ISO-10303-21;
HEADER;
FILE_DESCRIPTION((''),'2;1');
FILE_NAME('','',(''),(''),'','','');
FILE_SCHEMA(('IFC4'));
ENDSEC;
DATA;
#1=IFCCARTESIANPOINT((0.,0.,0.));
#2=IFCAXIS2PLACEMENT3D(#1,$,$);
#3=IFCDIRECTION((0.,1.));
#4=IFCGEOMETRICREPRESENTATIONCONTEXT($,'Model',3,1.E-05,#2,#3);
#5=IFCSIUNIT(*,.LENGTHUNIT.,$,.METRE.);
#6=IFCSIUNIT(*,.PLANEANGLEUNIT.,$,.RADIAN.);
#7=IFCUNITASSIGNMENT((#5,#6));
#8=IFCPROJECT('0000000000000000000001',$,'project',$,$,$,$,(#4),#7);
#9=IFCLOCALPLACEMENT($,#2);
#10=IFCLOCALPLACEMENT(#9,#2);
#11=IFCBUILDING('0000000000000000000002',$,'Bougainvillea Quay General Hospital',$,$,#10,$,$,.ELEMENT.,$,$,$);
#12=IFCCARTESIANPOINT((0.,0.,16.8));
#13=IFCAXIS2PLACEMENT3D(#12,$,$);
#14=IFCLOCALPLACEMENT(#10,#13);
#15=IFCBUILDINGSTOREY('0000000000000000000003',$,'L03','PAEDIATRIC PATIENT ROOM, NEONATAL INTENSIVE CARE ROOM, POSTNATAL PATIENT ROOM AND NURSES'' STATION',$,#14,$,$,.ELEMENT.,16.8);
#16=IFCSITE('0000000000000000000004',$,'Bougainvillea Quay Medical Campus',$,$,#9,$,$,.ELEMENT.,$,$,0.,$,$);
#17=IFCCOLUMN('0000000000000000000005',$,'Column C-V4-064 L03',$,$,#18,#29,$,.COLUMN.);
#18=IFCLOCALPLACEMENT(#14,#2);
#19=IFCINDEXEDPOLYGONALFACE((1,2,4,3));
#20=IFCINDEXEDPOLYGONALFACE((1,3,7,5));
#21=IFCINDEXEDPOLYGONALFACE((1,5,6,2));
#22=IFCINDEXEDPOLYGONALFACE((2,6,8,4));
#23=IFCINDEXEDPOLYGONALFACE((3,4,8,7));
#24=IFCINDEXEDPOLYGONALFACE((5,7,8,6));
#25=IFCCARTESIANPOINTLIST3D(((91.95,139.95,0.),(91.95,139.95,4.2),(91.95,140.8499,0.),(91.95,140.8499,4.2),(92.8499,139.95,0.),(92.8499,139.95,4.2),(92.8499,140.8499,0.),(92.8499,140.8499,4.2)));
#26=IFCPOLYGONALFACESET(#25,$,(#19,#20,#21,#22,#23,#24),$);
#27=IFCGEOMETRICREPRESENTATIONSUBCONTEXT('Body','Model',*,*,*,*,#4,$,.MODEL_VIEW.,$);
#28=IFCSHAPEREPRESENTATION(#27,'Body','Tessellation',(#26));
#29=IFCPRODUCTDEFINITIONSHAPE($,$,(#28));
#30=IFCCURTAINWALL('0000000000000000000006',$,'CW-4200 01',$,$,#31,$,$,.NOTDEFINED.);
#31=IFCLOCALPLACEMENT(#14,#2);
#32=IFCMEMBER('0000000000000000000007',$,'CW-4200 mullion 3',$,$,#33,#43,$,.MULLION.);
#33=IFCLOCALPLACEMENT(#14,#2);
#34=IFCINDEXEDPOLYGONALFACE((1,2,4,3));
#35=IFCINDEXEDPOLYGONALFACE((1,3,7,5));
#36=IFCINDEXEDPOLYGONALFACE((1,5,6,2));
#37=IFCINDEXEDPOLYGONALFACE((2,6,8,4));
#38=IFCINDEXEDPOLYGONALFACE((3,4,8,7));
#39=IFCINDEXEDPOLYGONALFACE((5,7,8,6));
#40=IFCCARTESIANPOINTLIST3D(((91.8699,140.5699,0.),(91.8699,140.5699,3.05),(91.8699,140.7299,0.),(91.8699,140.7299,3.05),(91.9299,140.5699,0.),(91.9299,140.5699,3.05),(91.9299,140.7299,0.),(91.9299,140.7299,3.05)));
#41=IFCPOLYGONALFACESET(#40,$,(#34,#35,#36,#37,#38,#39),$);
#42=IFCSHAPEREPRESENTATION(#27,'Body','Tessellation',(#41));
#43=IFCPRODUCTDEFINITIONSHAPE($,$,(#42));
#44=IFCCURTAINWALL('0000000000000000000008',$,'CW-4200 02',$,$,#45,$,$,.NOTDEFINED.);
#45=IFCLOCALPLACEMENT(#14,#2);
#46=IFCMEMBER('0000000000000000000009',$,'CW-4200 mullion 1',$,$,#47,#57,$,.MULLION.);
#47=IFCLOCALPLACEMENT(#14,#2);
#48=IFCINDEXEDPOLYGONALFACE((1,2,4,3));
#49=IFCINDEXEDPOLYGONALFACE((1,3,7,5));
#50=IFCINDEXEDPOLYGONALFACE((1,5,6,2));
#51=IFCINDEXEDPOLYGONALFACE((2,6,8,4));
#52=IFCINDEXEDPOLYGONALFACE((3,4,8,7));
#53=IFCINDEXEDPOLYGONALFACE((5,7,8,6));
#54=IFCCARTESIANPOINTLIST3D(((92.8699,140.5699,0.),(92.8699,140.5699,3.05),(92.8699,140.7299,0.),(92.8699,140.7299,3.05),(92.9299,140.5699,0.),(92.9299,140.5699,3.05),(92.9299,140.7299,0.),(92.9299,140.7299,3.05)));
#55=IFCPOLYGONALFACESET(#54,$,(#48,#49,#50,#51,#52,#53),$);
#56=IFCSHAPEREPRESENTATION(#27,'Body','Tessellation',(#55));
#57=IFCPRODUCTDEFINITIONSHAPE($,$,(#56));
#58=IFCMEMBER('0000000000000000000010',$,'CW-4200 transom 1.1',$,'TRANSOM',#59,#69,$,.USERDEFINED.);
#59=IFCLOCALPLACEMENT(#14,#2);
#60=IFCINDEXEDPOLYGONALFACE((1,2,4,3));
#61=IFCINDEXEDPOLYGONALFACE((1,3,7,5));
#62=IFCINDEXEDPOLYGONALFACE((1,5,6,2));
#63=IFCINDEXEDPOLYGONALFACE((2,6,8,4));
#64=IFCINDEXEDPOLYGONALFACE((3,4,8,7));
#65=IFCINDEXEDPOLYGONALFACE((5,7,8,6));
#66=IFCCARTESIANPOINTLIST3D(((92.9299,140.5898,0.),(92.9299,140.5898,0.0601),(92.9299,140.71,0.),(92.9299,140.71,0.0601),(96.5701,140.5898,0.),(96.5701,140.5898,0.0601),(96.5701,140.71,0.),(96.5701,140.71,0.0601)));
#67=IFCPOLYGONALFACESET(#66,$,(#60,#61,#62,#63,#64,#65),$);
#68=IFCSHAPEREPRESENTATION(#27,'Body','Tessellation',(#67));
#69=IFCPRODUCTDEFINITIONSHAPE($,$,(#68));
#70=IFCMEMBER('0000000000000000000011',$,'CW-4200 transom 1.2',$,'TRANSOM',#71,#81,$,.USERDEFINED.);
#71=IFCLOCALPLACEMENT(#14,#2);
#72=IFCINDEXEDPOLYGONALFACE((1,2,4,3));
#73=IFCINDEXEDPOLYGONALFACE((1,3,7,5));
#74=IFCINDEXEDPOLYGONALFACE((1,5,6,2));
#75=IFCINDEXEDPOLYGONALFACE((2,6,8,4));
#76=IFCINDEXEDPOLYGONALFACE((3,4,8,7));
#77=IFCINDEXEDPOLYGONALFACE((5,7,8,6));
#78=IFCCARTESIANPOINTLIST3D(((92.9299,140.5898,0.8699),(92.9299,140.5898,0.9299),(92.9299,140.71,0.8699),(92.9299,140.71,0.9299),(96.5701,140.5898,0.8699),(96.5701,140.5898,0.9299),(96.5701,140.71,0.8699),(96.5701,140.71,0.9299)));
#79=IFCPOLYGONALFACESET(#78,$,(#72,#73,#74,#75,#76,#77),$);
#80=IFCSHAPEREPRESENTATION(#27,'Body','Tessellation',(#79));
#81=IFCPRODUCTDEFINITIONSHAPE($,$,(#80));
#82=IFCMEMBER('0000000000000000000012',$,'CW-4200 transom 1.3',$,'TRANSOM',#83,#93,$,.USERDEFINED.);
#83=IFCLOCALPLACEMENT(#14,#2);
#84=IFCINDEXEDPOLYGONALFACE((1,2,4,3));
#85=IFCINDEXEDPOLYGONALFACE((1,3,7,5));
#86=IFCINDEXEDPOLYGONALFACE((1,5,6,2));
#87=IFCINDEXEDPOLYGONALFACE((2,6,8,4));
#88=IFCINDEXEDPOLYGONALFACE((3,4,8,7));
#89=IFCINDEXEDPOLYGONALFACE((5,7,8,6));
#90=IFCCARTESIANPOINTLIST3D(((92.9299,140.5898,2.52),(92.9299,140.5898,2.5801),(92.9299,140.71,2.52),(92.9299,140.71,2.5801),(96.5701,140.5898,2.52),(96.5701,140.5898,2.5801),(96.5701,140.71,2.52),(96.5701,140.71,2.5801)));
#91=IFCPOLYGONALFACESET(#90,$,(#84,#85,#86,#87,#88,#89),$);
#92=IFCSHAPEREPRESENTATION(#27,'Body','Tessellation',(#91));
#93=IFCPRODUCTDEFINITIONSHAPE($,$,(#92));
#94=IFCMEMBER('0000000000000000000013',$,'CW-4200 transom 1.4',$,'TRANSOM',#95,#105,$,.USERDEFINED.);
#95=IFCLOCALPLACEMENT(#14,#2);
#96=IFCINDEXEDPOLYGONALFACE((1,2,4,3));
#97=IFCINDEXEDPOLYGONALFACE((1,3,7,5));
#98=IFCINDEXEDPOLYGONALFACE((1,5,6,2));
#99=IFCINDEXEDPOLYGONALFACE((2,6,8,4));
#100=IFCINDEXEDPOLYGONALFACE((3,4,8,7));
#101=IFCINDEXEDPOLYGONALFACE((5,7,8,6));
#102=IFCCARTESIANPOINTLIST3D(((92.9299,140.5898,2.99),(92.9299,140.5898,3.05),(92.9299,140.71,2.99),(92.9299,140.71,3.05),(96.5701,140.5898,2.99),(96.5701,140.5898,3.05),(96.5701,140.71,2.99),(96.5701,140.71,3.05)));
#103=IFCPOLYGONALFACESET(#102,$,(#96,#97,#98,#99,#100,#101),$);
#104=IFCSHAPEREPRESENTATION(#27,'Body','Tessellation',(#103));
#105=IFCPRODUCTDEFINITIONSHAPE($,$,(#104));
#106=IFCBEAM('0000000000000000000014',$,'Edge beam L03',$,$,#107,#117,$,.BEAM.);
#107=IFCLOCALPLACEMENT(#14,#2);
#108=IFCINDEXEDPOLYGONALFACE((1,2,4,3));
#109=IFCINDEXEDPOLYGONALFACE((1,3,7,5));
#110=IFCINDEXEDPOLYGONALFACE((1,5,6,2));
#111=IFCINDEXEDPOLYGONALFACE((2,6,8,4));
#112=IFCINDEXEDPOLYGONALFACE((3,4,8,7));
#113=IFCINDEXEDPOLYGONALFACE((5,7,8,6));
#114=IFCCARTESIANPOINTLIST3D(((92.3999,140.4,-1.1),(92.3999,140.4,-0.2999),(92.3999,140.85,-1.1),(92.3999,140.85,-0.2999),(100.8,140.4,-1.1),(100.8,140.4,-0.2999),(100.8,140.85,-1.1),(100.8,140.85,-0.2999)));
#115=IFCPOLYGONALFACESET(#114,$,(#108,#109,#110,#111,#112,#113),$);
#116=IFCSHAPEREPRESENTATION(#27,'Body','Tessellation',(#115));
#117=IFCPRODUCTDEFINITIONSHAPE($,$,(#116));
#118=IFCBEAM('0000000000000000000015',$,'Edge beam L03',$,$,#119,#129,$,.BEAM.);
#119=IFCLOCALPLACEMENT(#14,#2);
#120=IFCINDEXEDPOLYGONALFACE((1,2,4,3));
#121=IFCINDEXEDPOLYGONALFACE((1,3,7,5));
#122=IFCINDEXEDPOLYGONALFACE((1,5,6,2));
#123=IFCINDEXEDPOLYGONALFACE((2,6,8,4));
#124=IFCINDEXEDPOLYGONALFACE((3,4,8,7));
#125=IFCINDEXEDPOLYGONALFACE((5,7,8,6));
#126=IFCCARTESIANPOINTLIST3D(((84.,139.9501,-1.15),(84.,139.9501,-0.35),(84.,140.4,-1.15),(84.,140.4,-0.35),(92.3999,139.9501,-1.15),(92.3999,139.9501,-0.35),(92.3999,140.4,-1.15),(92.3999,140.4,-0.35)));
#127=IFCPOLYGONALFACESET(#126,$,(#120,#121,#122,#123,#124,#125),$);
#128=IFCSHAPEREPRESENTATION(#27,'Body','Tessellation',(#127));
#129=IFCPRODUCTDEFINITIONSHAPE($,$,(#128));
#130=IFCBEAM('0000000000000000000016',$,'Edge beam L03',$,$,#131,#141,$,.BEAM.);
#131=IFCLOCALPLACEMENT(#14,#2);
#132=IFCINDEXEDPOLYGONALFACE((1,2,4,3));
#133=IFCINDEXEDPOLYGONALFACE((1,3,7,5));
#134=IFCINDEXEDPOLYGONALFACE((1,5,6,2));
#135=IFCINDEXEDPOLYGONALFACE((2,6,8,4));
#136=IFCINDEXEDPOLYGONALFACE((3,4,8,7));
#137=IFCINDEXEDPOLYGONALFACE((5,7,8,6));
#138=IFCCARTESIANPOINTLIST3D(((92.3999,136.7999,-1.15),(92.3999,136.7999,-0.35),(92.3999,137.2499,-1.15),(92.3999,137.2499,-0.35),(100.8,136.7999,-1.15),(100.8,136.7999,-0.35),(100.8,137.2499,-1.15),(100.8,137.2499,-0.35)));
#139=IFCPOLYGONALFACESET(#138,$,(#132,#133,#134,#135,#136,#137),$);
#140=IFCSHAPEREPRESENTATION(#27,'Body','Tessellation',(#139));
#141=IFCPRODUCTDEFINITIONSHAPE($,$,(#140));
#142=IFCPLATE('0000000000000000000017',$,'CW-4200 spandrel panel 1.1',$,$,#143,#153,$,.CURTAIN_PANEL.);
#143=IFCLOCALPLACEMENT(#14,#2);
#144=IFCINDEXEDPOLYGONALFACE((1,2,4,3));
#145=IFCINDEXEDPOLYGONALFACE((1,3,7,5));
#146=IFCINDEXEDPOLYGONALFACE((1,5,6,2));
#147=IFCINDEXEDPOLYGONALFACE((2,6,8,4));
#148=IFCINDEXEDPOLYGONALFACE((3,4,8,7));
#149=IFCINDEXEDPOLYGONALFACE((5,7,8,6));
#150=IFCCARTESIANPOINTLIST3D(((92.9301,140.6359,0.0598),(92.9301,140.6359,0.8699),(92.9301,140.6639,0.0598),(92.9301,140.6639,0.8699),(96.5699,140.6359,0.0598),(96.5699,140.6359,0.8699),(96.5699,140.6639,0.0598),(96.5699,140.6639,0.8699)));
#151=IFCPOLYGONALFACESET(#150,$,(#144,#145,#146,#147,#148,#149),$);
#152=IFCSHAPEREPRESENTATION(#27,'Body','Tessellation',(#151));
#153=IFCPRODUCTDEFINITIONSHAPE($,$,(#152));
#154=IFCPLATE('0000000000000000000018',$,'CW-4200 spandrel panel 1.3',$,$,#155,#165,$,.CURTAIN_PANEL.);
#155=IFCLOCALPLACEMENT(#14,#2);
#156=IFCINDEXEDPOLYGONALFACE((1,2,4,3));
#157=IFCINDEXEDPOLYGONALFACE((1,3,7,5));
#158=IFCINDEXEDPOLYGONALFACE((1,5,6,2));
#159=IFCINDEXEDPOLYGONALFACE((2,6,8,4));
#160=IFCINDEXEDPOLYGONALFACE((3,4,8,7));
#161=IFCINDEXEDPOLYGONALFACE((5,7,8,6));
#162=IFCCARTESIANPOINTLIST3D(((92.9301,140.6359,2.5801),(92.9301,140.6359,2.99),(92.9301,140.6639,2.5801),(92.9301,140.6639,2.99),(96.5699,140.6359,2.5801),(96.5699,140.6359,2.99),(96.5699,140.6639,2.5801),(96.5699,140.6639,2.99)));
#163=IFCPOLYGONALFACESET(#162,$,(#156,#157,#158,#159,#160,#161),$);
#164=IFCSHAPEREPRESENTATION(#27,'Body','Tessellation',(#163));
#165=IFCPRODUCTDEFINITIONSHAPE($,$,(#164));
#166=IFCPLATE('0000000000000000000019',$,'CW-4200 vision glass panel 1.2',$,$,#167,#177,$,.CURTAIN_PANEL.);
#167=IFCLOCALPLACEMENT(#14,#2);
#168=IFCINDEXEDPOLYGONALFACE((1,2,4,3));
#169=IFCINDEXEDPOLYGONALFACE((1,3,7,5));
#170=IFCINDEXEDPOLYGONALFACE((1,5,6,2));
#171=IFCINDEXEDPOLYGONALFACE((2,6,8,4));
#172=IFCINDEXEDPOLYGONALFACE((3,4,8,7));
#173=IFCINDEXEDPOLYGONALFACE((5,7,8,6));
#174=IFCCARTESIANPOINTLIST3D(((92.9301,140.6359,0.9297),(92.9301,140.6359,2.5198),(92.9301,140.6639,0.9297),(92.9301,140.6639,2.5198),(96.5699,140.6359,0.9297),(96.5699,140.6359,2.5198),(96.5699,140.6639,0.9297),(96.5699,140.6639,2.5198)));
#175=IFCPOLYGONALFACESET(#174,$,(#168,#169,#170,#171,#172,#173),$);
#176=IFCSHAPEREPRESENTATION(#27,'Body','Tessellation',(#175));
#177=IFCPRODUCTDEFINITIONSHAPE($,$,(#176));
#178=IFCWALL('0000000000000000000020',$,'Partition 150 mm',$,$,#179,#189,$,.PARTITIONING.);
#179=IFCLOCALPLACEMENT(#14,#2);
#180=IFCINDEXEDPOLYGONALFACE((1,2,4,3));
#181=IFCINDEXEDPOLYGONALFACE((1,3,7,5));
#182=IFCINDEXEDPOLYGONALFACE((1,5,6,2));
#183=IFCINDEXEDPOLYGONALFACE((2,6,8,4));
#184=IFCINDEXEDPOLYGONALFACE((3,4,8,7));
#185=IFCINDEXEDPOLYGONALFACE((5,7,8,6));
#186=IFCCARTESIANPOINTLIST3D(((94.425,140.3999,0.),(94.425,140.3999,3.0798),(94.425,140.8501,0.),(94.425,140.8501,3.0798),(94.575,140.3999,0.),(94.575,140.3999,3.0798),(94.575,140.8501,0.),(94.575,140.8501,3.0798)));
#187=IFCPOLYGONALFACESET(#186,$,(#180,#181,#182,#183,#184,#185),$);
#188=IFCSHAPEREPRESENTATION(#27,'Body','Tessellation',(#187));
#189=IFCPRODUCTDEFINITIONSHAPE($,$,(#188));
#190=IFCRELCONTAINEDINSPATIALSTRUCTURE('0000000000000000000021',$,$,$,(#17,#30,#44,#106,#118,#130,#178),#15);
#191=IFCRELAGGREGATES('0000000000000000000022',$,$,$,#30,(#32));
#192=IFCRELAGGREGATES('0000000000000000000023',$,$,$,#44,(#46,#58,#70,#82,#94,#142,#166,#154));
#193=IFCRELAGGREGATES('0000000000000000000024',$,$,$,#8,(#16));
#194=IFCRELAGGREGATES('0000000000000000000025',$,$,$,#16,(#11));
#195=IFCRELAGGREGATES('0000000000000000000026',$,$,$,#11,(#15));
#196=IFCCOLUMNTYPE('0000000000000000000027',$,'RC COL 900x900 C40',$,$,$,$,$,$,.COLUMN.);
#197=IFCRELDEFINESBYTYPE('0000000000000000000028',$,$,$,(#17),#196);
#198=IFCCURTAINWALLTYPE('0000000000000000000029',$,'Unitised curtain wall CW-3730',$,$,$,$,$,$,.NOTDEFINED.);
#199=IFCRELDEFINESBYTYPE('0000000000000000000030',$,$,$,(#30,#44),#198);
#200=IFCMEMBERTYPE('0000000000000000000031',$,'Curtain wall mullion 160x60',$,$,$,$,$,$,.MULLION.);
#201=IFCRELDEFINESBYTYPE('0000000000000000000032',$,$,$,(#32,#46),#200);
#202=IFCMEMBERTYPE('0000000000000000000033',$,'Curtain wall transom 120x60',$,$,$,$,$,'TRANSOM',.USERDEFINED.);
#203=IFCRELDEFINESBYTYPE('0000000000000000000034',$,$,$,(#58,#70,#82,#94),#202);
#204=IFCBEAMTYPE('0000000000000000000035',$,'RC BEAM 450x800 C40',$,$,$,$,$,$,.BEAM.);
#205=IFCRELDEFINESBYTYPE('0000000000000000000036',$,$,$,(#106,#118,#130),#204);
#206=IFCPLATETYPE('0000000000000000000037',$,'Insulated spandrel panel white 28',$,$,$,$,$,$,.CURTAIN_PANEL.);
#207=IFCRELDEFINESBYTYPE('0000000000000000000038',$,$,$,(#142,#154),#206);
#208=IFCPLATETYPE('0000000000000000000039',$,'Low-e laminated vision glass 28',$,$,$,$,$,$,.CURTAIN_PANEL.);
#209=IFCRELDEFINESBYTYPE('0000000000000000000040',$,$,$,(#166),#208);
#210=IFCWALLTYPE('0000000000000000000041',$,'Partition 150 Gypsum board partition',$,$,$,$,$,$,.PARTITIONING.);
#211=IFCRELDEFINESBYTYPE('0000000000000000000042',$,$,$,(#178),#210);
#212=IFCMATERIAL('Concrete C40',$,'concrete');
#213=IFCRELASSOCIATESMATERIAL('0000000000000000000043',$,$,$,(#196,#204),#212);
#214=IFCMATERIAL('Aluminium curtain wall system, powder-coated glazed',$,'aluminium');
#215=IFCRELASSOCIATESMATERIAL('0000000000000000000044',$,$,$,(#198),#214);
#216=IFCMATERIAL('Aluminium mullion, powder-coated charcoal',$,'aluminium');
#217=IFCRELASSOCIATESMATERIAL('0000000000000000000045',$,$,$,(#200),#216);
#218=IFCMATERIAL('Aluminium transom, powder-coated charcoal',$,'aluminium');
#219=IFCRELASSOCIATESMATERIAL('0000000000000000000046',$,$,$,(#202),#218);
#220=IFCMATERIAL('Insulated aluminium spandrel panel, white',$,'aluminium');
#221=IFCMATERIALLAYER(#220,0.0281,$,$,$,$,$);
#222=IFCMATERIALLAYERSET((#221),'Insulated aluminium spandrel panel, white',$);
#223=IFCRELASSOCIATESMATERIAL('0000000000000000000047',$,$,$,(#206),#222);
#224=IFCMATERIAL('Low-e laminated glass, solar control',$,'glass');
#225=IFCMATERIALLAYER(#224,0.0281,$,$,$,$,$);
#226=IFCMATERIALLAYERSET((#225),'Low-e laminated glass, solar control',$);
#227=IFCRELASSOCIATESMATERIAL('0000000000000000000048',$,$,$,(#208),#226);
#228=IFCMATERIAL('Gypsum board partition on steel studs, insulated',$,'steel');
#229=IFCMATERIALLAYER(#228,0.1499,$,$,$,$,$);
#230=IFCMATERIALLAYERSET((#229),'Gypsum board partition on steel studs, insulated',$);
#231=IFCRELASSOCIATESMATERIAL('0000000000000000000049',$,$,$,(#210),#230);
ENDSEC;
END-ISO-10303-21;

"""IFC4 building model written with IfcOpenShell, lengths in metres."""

from ifc_helpers import new_model, si_unit, direction, frame, frame_2d, origin, origin_2d, place, context, subcontext, project, spatial, rectangle, extrude, material, layer, layer_set, material_profile, profile_set, type_object, element, aggregate, save


model = new_model("IFC4")

# Units and contexts
model_context = context("Model", 3, precision=1e-05, world=origin(), true_north=direction((0.0, 1.0)))
body_context = subcontext(model_context, "Body", "Model", "MODEL_VIEW")
ifc_project = project(units=[si_unit("LENGTHUNIT", "METRE"), si_unit("PLANEANGLEUNIT", "RADIAN")], contexts=[model_context])

# Site, building, storey
site_placement = place(None, origin())
site = spatial("IfcSite", under=ifc_project, at=site_placement, Name="Bougainvillea Quay Medical Campus", CompositionType="ELEMENT", RefElevation=0.0)
building_placement = place(site_placement, origin())
building = spatial("IfcBuilding", under=site, at=building_placement, Name="Bougainvillea Quay General Hospital", CompositionType="ELEMENT")
storey_placement = place(building_placement, frame((0.0, 0.0, 16.8)))
storey = spatial("IfcBuildingStorey", under=building, at=storey_placement, Name="L03", Description="PAEDIATRIC PATIENT ROOM, NEONATAL INTENSIVE CARE ROOM, POSTNATAL PATIENT ROOM AND NURSES' STATION", CompositionType="ELEMENT", Elevation=16.8)

# Column
ifc_material_1 = material(Name="Concrete C40", Category="concrete")
ifc_material_profile_1 = material_profile(ifc_material_1, rectangle(XDim=0.8999, YDim=0.8999, at=origin_2d()))
ifc_profile_set_1 = profile_set([ifc_material_profile_1], Name="Concrete C40")
column_type = type_object("IfcColumnType", Name="RC COL 900x900 C40", PredefinedType="COLUMN", material=ifc_profile_set_1)
column_placement = place(storey_placement, frame((92.3999, 140.3999, 0.0), z_axis=(0.0, 0.0, 1.0), x_axis=(1.0, 0.0, 0.0)))
element("IfcColumn", 1, at=column_placement, inside=storey, type_object=column_type, Name="Column C-V4-064 L03", PredefinedType="COLUMN", context=body_context, shape_type="SweptSolid", body=[
    extrude(rectangle(XDim=0.8999, YDim=0.8999, at=origin_2d()), origin(), (0.0, 0.0, 1.0), 4.2),
])

# Curtain wall, member
ifc_material_2 = material(Name="Aluminium curtain wall system, powder-coated glazed", Category="aluminium")
curtain_wall_type = type_object("IfcCurtainWallType", Name="Unitised curtain wall CW-3730", PredefinedType="NOTDEFINED", material=ifc_material_2)
curtain_wall_1_placement = place(storey_placement, origin())
curtain_wall_1 = element("IfcCurtainWall", 2, at=curtain_wall_1_placement, inside=storey, type_object=curtain_wall_type, Name="CW-4200 01", PredefinedType="NOTDEFINED")
ifc_material_3 = material(Name="Aluminium mullion, powder-coated charcoal", Category="aluminium")
ifc_material_profile_2 = material_profile(ifc_material_3, rectangle(XDim=0.1599, YDim=0.0601, at=origin_2d()))
ifc_profile_set_2 = profile_set([ifc_material_profile_2], Name="Aluminium mullion, powder-coated charcoal")
member_type_1 = type_object("IfcMemberType", Name="Curtain wall mullion 160x60", PredefinedType="MULLION", material=ifc_profile_set_2)
member_1_placement = place(storey_placement, frame((91.8999, 140.6499, 0.0), z_axis=(0.0, 0.0, 1.0), x_axis=(0.0, 1.0, 0.0)))
member_1 = element("IfcMember", 3, at=member_1_placement, type_object=member_type_1, Name="CW-4200 mullion 3", PredefinedType="MULLION", context=body_context, shape_type="SweptSolid", body=[
    extrude(rectangle(XDim=0.1599, YDim=0.0601, at=origin_2d()), origin(), (0.0, 0.0, 1.0), 3.05),
])
aggregate(curtain_wall_1, [member_1])

# Curtain wall, members
curtain_wall_2_placement = place(storey_placement, origin())
curtain_wall_2 = element("IfcCurtainWall", 4, at=curtain_wall_2_placement, inside=storey, type_object=curtain_wall_type, Name="CW-4200 02", PredefinedType="NOTDEFINED")
member_2_placement = place(storey_placement, frame((92.8999, 140.6499, 0.0), z_axis=(0.0, 0.0, 1.0), x_axis=(0.0, 1.0, 0.0)))
member_2 = element("IfcMember", 5, at=member_2_placement, type_object=member_type_1, Name="CW-4200 mullion 1", PredefinedType="MULLION", context=body_context, shape_type="SweptSolid", body=[
    extrude(rectangle(XDim=0.1599, YDim=0.0601, at=origin_2d()), origin(), (0.0, 0.0, 1.0), 3.05),
])
ifc_material_4 = material(Name="Aluminium transom, powder-coated charcoal", Category="aluminium")
ifc_material_profile_3 = material_profile(ifc_material_4, rectangle(XDim=0.1201, YDim=0.0601, at=origin_2d()))
ifc_profile_set_3 = profile_set([ifc_material_profile_3], Name="Aluminium transom, powder-coated charcoal")
member_type_2 = type_object("IfcMemberType", Name="Curtain wall transom 120x60", ElementType="TRANSOM", PredefinedType="USERDEFINED", material=ifc_profile_set_3)
member_3_placement = place(storey_placement, frame((92.9299, 140.6499, 0.03), z_axis=(1.0, 0.0, 0.0), x_axis=(0.0, 1.0, 0.0)))
member_3 = element("IfcMember", 6, at=member_3_placement, type_object=member_type_2, Name="CW-4200 transom 1.1", ObjectType="TRANSOM", PredefinedType="USERDEFINED", context=body_context, shape_type="SweptSolid", body=[
    extrude(rectangle(XDim=0.1201, YDim=0.0601, at=origin_2d()), origin(), (0.0, 0.0, 1.0), 3.6401),
])
member_4_placement = place(storey_placement, frame((92.9299, 140.6499, 0.8999), z_axis=(1.0, 0.0, 0.0), x_axis=(0.0, 1.0, 0.0)))
member_4 = element("IfcMember", 7, at=member_4_placement, type_object=member_type_2, Name="CW-4200 transom 1.2", ObjectType="TRANSOM", PredefinedType="USERDEFINED", context=body_context, shape_type="SweptSolid", body=[
    extrude(rectangle(XDim=0.1201, YDim=0.0601, at=origin_2d()), origin(), (0.0, 0.0, 1.0), 3.6401),
])
member_5_placement = place(storey_placement, frame((92.9299, 140.6499, 2.55), z_axis=(1.0, 0.0, 0.0), x_axis=(0.0, 1.0, 0.0)))
member_5 = element("IfcMember", 8, at=member_5_placement, type_object=member_type_2, Name="CW-4200 transom 1.3", ObjectType="TRANSOM", PredefinedType="USERDEFINED", context=body_context, shape_type="SweptSolid", body=[
    extrude(rectangle(XDim=0.1201, YDim=0.0601, at=origin_2d()), origin(), (0.0, 0.0, 1.0), 3.6401),
])
member_6_placement = place(storey_placement, frame((92.9299, 140.6499, 3.02), z_axis=(1.0, 0.0, 0.0), x_axis=(0.0, 1.0, 0.0)))
member_6 = element("IfcMember", 9, at=member_6_placement, type_object=member_type_2, Name="CW-4200 transom 1.4", ObjectType="TRANSOM", PredefinedType="USERDEFINED", context=body_context, shape_type="SweptSolid", body=[
    extrude(rectangle(XDim=0.1201, YDim=0.0601, at=origin_2d()), origin(), (0.0, 0.0, 1.0), 3.6401),
])

# Beams
ifc_material_profile_4 = material_profile(ifc_material_1, rectangle(XDim=0.45, YDim=0.8, at=origin_2d()))
ifc_profile_set_4 = profile_set([ifc_material_profile_4], Name="Concrete C40")
beam_type = type_object("IfcBeamType", Name="RC BEAM 450x800 C40", PredefinedType="BEAM", material=ifc_profile_set_4)
beam_1_placement = place(storey_placement, frame((92.3999, 140.625, -0.7), z_axis=(1.0, 0.0, 0.0), x_axis=(0.0, 1.0, 0.0)))
element("IfcBeam", 10, at=beam_1_placement, inside=storey, type_object=beam_type, Name="Edge beam L03", PredefinedType="BEAM", context=body_context, shape_type="SweptSolid", body=[
    extrude(rectangle(XDim=0.45, YDim=0.8, at=origin_2d()), origin(), (0.0, 0.0, 1.0), 8.4001),
])
beam_2_placement = place(storey_placement, frame((92.3999, 140.175, -0.75), z_axis=(-1.0, 0.0, 0.0), x_axis=(0.0, -1.0, 0.0)))
element("IfcBeam", 11, at=beam_2_placement, inside=storey, type_object=beam_type, Name="Edge beam L03", PredefinedType="BEAM", context=body_context, shape_type="SweptSolid", body=[
    extrude(rectangle(XDim=0.45, YDim=0.8, at=origin_2d()), origin(), (0.0, 0.0, 1.0), 8.3999),
])
beam_3_placement = place(storey_placement, frame((92.3999, 137.0249, -0.75), z_axis=(1.0, 0.0, 0.0), x_axis=(0.0, 1.0, 0.0)))
element("IfcBeam", 12, at=beam_3_placement, inside=storey, type_object=beam_type, Name="Edge beam L03", PredefinedType="BEAM", context=body_context, shape_type="SweptSolid", body=[
    extrude(rectangle(XDim=0.45, YDim=0.8, at=origin_2d()), origin(), (0.0, 0.0, 1.0), 8.4001),
])

# Plates
ifc_material_5 = material(Name="Insulated aluminium spandrel panel, white", Category="aluminium")
ifc_layer_1 = layer(ifc_material_5, 0.0281)
ifc_layer_set_1 = layer_set([ifc_layer_1], Name="Insulated aluminium spandrel panel, white")
plate_type_1 = type_object("IfcPlateType", Name="Insulated spandrel panel white 28", PredefinedType="CURTAIN_PANEL", material=ifc_layer_set_1)
plate_1_placement = place(storey_placement, frame((94.75, 140.6499, 0.0598), z_axis=(0.0, 0.0, 1.0), x_axis=(1.0, 0.0, 0.0)))
plate_1 = element("IfcPlate", 13, at=plate_1_placement, type_object=plate_type_1, Name="CW-4200 spandrel panel 1.1", PredefinedType="CURTAIN_PANEL", context=body_context, shape_type="SweptSolid", body=[
    extrude(rectangle(XDim=3.6399, YDim=0.0281, at=origin_2d()), origin(), (0.0, 0.0, 1.0), 0.8101),
])
plate_2_placement = place(storey_placement, frame((94.75, 140.6499, 2.5801), z_axis=(0.0, 0.0, 1.0), x_axis=(1.0, 0.0, 0.0)))
plate_2 = element("IfcPlate", 14, at=plate_2_placement, type_object=plate_type_1, Name="CW-4200 spandrel panel 1.3", PredefinedType="CURTAIN_PANEL", context=body_context, shape_type="SweptSolid", body=[
    extrude(rectangle(XDim=3.6399, YDim=0.0281, at=origin_2d()), origin(), (0.0, 0.0, 1.0), 0.4099),
])
ifc_material_6 = material(Name="Low-e laminated glass, solar control", Category="glass")
ifc_layer_2 = layer(ifc_material_6, 0.0281)
ifc_layer_set_2 = layer_set([ifc_layer_2], Name="Low-e laminated glass, solar control")
plate_type_2 = type_object("IfcPlateType", Name="Low-e laminated vision glass 28", PredefinedType="CURTAIN_PANEL", material=ifc_layer_set_2)
plate_3_placement = place(storey_placement, frame((94.75, 140.6499, 0.9297), z_axis=(0.0, 0.0, 1.0), x_axis=(1.0, 0.0, 0.0)))
plate_3 = element("IfcPlate", 15, at=plate_3_placement, type_object=plate_type_2, Name="CW-4200 vision glass panel 1.2", PredefinedType="CURTAIN_PANEL", context=body_context, shape_type="SweptSolid", body=[
    extrude(rectangle(XDim=3.6399, YDim=0.0281, at=origin_2d()), origin(), (0.0, 0.0, 1.0), 1.5901),
])
aggregate(curtain_wall_2, [member_2, member_3, member_4, member_5, member_6, plate_1, plate_3, plate_2])

# Wall
ifc_material_7 = material(Name="Gypsum board partition on steel studs, insulated", Category="steel")
ifc_layer_3 = layer(ifc_material_7, 0.1499)
ifc_layer_set_3 = layer_set([ifc_layer_3], Name="Gypsum board partition on steel studs, insulated")
wall_type = type_object("IfcWallType", Name="Partition 150 Gypsum board partition", PredefinedType="PARTITIONING", material=ifc_layer_set_3)
wall_placement = place(storey_placement, frame((94.5, 140.3999, 0.0), z_axis=(0.0, 0.0, 1.0), x_axis=(0.0, 1.0, 0.0)))
element("IfcWall", 16, at=wall_placement, inside=storey, type_object=wall_type, Name="Partition 150 mm", PredefinedType="PARTITIONING", context=body_context, shape_type="SweptSolid", body=[
    extrude(rectangle(XDim=0.4502, YDim=0.1499, at=frame_2d((0.2251, 0.0))), origin(), (0.0, 0.0, 1.0), 3.0798),
])

save(model, "model.ifc")
